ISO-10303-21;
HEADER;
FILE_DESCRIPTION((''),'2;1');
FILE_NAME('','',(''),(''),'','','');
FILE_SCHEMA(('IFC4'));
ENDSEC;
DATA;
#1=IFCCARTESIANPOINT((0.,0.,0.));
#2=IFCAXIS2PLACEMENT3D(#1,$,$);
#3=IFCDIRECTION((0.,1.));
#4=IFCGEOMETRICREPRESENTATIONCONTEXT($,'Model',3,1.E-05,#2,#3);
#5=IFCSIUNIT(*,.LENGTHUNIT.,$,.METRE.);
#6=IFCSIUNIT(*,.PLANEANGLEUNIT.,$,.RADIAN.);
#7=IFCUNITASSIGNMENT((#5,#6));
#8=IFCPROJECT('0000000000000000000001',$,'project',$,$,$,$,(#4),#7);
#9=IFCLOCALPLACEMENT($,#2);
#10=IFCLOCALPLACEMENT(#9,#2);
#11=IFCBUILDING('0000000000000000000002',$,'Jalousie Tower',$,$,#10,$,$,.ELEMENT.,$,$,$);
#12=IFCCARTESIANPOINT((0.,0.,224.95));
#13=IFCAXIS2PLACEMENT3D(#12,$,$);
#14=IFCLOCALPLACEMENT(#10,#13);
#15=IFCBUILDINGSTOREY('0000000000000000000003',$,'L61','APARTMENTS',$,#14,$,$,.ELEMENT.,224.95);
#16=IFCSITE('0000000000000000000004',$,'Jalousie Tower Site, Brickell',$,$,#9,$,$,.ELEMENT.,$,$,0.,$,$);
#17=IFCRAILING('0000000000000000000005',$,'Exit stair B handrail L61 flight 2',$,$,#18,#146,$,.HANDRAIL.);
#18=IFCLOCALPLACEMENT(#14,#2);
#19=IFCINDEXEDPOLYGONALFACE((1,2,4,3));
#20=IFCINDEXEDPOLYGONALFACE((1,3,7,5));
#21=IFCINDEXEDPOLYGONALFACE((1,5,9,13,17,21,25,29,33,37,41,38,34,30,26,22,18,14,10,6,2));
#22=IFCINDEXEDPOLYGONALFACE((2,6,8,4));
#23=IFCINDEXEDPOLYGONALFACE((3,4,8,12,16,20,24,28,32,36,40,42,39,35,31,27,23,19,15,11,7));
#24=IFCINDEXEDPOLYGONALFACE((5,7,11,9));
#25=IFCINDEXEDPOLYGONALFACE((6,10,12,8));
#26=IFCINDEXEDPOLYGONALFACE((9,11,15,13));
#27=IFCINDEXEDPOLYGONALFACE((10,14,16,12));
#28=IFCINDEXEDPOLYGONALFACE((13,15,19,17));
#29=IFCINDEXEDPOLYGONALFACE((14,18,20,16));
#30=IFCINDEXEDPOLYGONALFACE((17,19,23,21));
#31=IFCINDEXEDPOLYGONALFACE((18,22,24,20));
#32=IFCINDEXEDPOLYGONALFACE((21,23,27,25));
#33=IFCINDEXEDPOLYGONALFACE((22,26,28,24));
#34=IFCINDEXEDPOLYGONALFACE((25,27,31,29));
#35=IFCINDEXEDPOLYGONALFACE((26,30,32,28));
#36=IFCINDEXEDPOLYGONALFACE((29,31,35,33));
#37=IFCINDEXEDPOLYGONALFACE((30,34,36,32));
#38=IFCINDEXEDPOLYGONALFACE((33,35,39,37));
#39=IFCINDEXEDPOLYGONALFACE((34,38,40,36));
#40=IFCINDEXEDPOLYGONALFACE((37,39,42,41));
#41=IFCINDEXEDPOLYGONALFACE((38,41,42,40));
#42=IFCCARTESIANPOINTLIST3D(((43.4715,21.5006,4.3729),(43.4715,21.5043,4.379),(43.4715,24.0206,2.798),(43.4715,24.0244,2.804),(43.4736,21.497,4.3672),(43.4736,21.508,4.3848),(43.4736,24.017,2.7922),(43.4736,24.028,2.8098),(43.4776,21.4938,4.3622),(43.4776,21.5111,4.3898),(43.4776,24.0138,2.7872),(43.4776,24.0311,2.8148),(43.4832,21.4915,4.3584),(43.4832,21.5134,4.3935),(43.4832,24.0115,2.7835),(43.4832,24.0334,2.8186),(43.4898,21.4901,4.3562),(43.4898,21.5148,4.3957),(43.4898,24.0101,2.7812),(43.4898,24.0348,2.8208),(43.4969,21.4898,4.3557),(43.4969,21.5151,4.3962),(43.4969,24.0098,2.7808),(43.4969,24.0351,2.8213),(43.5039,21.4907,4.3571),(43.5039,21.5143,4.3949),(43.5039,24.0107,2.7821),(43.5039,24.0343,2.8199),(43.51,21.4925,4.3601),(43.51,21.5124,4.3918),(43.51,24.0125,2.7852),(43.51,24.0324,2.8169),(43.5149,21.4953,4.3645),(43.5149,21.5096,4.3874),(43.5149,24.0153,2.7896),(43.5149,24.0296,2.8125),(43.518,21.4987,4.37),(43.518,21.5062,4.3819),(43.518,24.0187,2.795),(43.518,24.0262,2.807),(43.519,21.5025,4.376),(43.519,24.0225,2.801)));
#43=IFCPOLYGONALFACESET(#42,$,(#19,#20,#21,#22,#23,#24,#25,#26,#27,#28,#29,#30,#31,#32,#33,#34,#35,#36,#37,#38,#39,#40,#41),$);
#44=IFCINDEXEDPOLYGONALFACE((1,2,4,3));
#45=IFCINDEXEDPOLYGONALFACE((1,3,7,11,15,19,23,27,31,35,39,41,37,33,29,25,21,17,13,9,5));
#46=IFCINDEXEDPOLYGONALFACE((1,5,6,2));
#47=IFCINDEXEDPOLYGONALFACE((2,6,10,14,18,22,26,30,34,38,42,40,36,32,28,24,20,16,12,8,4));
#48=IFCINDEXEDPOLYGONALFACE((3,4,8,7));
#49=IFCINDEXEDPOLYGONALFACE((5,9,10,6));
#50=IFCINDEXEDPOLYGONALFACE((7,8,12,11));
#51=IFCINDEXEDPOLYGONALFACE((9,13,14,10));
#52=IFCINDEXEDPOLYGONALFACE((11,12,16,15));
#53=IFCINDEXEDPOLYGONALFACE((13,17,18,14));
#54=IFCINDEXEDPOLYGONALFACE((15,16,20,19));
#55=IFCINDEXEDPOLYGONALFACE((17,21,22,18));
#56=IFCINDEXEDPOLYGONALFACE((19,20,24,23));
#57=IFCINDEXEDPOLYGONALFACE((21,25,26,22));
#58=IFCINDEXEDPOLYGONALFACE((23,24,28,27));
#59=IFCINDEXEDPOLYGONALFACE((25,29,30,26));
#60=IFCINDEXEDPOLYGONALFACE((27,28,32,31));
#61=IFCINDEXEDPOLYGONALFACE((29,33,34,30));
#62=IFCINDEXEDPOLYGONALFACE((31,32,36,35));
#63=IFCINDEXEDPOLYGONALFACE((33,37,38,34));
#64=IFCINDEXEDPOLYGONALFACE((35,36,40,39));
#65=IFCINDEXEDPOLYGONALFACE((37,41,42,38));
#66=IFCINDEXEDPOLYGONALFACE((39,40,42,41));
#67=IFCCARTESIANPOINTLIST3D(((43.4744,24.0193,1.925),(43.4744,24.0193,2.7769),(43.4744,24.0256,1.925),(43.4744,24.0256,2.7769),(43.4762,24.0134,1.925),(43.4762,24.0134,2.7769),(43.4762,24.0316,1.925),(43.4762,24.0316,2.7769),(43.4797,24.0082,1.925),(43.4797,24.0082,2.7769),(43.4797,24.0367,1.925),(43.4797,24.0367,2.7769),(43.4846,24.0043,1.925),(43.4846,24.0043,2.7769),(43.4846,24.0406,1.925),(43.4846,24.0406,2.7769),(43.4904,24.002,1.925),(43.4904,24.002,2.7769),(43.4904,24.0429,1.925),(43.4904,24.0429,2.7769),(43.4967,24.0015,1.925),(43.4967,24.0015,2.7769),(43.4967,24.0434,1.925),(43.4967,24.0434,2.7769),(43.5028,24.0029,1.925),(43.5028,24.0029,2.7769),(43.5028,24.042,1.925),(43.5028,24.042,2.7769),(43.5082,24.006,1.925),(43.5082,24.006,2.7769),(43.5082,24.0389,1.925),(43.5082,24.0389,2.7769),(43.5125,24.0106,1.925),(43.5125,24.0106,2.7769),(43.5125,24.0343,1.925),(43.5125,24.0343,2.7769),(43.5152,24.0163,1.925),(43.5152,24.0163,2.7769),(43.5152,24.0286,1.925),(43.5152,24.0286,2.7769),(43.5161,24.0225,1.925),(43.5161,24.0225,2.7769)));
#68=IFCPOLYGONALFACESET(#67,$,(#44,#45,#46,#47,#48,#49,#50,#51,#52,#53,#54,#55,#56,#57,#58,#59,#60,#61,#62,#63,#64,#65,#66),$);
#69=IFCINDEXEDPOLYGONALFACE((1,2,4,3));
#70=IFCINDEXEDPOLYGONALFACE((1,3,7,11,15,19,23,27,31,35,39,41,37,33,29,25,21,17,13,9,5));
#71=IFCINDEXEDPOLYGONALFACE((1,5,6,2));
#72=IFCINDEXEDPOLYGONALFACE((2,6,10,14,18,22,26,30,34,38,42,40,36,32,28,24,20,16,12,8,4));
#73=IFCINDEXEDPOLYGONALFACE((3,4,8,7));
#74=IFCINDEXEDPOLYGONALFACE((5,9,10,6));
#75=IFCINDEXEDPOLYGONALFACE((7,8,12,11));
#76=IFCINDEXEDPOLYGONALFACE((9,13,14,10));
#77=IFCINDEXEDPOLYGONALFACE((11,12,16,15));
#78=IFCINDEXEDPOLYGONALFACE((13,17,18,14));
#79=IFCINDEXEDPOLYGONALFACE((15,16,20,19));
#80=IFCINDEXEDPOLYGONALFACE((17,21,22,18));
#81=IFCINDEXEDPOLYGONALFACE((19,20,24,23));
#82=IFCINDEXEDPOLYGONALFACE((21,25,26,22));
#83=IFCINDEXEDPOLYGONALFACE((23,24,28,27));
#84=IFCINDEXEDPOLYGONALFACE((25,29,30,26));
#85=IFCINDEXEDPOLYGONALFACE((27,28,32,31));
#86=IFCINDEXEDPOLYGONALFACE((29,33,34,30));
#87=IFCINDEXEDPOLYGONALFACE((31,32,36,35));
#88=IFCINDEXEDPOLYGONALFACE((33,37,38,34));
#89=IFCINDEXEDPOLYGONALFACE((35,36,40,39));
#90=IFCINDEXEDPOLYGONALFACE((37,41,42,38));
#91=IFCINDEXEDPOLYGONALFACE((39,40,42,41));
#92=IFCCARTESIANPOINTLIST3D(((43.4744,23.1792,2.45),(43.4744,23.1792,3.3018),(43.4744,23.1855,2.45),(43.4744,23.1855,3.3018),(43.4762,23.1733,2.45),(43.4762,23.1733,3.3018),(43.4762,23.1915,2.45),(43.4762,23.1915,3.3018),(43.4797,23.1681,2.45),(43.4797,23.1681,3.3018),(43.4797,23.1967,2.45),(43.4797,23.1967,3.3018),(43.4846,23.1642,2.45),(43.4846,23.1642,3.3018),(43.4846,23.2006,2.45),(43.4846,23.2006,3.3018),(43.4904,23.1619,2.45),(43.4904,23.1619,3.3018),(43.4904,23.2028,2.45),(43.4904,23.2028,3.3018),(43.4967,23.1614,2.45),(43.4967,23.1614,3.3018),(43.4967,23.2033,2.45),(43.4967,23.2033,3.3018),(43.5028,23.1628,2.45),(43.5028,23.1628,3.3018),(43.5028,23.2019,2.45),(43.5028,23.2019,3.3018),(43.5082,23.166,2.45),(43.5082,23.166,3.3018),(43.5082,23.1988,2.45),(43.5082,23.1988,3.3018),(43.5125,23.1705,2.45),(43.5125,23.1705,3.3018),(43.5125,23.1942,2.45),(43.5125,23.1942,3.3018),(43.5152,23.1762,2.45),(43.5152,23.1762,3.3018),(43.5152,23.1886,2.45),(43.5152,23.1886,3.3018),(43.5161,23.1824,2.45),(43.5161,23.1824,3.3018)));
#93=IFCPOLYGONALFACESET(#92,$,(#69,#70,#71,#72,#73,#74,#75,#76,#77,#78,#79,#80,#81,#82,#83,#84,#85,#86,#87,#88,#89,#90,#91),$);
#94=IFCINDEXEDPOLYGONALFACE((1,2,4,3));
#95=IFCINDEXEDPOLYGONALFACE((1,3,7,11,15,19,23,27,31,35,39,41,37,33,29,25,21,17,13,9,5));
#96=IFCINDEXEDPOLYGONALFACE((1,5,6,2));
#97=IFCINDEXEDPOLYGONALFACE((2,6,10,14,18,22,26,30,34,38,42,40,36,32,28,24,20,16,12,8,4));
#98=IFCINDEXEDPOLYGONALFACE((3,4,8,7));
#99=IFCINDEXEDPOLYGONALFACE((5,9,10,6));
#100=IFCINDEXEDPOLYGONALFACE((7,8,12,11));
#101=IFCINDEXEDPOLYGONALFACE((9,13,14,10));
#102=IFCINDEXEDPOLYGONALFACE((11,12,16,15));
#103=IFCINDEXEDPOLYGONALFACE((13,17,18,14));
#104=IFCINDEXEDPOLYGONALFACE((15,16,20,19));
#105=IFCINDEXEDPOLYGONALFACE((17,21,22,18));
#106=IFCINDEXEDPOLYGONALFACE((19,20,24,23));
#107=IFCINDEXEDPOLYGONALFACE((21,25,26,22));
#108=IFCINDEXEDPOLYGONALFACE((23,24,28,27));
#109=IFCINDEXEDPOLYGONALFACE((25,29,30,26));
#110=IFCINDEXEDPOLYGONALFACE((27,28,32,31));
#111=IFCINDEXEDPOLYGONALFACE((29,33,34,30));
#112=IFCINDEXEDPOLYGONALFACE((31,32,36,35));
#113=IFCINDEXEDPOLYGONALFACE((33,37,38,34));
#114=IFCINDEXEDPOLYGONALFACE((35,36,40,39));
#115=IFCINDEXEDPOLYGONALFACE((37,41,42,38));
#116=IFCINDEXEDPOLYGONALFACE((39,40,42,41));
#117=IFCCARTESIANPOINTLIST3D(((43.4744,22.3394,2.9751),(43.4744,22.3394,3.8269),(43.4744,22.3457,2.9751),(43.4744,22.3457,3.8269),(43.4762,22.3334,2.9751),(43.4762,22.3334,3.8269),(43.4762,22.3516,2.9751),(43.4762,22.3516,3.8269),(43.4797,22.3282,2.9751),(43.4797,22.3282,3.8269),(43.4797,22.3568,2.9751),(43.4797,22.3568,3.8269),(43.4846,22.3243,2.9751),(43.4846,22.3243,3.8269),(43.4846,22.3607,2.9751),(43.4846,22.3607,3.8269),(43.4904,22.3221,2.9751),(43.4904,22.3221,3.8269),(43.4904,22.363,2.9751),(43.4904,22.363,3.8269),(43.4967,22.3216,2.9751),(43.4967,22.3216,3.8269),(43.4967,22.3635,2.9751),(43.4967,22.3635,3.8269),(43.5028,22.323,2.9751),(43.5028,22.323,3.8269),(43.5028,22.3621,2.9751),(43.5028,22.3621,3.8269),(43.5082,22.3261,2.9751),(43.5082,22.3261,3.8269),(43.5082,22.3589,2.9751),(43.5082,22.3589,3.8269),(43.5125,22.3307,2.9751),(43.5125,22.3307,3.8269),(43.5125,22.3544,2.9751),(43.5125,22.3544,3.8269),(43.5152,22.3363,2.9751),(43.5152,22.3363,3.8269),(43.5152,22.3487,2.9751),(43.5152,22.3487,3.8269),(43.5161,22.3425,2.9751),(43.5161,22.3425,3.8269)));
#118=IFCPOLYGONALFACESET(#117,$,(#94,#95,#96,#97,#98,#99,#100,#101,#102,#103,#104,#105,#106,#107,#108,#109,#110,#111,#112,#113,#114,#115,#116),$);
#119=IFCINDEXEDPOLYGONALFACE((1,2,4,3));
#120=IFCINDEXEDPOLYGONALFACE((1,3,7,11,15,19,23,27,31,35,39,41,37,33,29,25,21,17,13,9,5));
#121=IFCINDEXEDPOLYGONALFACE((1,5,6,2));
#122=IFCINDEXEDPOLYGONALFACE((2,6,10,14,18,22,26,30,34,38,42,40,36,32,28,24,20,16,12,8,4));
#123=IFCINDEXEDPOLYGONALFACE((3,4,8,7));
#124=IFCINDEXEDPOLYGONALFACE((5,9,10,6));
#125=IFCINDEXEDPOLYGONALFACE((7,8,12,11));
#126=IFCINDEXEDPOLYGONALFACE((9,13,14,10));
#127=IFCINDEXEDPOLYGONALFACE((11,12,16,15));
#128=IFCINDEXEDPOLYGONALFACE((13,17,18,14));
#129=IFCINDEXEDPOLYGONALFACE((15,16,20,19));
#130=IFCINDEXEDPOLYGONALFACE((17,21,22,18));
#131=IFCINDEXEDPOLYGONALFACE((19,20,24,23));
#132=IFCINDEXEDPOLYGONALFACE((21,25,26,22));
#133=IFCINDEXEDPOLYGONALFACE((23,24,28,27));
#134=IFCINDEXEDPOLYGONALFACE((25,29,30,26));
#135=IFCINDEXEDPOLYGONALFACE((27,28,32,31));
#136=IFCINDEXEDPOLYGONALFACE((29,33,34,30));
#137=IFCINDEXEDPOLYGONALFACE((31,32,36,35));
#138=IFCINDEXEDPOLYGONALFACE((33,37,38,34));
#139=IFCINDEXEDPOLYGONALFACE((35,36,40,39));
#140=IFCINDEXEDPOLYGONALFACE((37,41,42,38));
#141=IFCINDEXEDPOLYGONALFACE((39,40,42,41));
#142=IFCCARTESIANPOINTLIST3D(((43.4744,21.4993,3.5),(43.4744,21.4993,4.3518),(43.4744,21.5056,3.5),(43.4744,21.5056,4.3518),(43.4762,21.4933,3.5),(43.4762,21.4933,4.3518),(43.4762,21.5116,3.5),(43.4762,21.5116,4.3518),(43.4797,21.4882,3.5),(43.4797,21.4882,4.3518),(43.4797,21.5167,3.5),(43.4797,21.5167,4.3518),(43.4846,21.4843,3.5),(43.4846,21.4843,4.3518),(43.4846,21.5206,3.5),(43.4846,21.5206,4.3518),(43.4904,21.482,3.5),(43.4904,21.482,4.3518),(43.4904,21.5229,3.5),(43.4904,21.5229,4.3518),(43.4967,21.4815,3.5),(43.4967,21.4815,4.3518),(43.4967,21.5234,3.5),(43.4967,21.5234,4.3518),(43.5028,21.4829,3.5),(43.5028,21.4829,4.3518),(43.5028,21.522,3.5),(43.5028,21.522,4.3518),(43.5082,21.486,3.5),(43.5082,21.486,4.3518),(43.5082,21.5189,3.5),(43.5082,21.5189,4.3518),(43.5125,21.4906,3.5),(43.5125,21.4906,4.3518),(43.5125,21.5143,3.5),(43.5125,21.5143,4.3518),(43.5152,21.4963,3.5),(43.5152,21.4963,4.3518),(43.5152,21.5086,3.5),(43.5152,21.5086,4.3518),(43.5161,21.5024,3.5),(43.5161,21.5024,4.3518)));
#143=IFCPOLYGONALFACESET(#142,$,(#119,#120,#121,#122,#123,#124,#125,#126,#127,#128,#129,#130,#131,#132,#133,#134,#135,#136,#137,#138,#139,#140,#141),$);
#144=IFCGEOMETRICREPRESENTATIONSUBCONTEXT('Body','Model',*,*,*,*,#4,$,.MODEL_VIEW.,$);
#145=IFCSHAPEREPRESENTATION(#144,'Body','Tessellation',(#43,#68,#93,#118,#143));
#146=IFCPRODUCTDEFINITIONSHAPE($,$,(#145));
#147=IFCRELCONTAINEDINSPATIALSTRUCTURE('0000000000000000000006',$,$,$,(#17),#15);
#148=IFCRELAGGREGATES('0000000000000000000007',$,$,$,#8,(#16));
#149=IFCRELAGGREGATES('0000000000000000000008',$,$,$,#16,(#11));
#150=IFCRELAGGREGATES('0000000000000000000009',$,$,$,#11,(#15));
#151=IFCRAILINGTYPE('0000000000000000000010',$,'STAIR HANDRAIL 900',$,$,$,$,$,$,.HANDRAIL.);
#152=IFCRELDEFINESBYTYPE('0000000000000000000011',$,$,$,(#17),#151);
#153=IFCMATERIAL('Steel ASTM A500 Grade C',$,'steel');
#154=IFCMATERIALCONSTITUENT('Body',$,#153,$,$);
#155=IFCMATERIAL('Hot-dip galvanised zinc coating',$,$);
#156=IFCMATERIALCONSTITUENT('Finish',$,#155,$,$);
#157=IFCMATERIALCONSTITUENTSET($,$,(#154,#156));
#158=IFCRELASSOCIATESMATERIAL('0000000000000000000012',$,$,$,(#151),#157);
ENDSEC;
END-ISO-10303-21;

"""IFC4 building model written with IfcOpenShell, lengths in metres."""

from ifc_helpers import new_model, si_unit, direction, frame, origin, origin_2d, place, context, subcontext, project, spatial, circle, extrude, material, constituent, constituent_set, type_object, element, save


model = new_model("IFC4")

# Units and contexts
model_context = context("Model", 3, precision=1e-05, world=origin(), true_north=direction((0.0, 1.0)))
body_context = subcontext(model_context, "Body", "Model", "MODEL_VIEW")
ifc_project = project(units=[si_unit("LENGTHUNIT", "METRE"), si_unit("PLANEANGLEUNIT", "RADIAN")], contexts=[model_context])

# Site, building, storey
site_placement = place(None, origin())
site = spatial("IfcSite", under=ifc_project, at=site_placement, Name="Jalousie Tower Site, Brickell", CompositionType="ELEMENT", RefElevation=0.0)
building_placement = place(site_placement, origin())
building = spatial("IfcBuilding", under=site, at=building_placement, Name="Jalousie Tower", CompositionType="ELEMENT")
storey_placement = place(building_placement, frame((0.0, 0.0, 224.95)))
storey = spatial("IfcBuildingStorey", under=building, at=storey_placement, Name="L61", Description="APARTMENTS", CompositionType="ELEMENT", Elevation=224.95)

# Railing
ifc_material_1 = material(Name="Steel ASTM A500 Grade C", Category="steel")
ifc_constituent_1 = constituent(ifc_material_1, Name="Body")
ifc_material_2 = material(Name="Hot-dip galvanised zinc coating")
ifc_constituent_2 = constituent(ifc_material_2, Name="Finish")
ifc_constituent_set_1 = constituent_set(constituents=[ifc_constituent_1, ifc_constituent_2])
railing_type = type_object("IfcRailingType", Name="STAIR HANDRAIL 900", PredefinedType="HANDRAIL", material=ifc_constituent_set_1)
railing_placement = place(storey_placement, frame((43.4951, 24.0225, 1.925)))
element("IfcRailing", 1, at=railing_placement, inside=storey, type_object=railing_type, Name="Exit stair B handrail L61 flight 2", PredefinedType="HANDRAIL", context=body_context, shape_type="SweptSolid", body=[
    extrude(circle(Radius=0.0239, at=origin_2d()), frame((0.0, 0.0, 0.876), z_axis=(0.0, -0.848008, 0.529984), x_axis=(1.0, 0.0, 0.0)), (0.0, 0.0, 1.0), 2.9717),
    extrude(circle(Radius=0.021, at=origin_2d()), origin(), (0.0, 0.0, 1.0), 0.8518),
    extrude(circle(Radius=0.021, at=origin_2d()), frame((0.0, -0.8401, 0.5249)), (0.0, 0.0, 1.0), 0.8518),
    extrude(circle(Radius=0.021, at=origin_2d()), frame((0.0, -1.6799, 1.05)), (0.0, 0.0, 1.0), 0.8518),
    extrude(circle(Radius=0.021, at=origin_2d()), frame((0.0, -2.52, 1.575)), (0.0, 0.0, 1.0), 0.8518),
])

save(model, "model.ifc")
